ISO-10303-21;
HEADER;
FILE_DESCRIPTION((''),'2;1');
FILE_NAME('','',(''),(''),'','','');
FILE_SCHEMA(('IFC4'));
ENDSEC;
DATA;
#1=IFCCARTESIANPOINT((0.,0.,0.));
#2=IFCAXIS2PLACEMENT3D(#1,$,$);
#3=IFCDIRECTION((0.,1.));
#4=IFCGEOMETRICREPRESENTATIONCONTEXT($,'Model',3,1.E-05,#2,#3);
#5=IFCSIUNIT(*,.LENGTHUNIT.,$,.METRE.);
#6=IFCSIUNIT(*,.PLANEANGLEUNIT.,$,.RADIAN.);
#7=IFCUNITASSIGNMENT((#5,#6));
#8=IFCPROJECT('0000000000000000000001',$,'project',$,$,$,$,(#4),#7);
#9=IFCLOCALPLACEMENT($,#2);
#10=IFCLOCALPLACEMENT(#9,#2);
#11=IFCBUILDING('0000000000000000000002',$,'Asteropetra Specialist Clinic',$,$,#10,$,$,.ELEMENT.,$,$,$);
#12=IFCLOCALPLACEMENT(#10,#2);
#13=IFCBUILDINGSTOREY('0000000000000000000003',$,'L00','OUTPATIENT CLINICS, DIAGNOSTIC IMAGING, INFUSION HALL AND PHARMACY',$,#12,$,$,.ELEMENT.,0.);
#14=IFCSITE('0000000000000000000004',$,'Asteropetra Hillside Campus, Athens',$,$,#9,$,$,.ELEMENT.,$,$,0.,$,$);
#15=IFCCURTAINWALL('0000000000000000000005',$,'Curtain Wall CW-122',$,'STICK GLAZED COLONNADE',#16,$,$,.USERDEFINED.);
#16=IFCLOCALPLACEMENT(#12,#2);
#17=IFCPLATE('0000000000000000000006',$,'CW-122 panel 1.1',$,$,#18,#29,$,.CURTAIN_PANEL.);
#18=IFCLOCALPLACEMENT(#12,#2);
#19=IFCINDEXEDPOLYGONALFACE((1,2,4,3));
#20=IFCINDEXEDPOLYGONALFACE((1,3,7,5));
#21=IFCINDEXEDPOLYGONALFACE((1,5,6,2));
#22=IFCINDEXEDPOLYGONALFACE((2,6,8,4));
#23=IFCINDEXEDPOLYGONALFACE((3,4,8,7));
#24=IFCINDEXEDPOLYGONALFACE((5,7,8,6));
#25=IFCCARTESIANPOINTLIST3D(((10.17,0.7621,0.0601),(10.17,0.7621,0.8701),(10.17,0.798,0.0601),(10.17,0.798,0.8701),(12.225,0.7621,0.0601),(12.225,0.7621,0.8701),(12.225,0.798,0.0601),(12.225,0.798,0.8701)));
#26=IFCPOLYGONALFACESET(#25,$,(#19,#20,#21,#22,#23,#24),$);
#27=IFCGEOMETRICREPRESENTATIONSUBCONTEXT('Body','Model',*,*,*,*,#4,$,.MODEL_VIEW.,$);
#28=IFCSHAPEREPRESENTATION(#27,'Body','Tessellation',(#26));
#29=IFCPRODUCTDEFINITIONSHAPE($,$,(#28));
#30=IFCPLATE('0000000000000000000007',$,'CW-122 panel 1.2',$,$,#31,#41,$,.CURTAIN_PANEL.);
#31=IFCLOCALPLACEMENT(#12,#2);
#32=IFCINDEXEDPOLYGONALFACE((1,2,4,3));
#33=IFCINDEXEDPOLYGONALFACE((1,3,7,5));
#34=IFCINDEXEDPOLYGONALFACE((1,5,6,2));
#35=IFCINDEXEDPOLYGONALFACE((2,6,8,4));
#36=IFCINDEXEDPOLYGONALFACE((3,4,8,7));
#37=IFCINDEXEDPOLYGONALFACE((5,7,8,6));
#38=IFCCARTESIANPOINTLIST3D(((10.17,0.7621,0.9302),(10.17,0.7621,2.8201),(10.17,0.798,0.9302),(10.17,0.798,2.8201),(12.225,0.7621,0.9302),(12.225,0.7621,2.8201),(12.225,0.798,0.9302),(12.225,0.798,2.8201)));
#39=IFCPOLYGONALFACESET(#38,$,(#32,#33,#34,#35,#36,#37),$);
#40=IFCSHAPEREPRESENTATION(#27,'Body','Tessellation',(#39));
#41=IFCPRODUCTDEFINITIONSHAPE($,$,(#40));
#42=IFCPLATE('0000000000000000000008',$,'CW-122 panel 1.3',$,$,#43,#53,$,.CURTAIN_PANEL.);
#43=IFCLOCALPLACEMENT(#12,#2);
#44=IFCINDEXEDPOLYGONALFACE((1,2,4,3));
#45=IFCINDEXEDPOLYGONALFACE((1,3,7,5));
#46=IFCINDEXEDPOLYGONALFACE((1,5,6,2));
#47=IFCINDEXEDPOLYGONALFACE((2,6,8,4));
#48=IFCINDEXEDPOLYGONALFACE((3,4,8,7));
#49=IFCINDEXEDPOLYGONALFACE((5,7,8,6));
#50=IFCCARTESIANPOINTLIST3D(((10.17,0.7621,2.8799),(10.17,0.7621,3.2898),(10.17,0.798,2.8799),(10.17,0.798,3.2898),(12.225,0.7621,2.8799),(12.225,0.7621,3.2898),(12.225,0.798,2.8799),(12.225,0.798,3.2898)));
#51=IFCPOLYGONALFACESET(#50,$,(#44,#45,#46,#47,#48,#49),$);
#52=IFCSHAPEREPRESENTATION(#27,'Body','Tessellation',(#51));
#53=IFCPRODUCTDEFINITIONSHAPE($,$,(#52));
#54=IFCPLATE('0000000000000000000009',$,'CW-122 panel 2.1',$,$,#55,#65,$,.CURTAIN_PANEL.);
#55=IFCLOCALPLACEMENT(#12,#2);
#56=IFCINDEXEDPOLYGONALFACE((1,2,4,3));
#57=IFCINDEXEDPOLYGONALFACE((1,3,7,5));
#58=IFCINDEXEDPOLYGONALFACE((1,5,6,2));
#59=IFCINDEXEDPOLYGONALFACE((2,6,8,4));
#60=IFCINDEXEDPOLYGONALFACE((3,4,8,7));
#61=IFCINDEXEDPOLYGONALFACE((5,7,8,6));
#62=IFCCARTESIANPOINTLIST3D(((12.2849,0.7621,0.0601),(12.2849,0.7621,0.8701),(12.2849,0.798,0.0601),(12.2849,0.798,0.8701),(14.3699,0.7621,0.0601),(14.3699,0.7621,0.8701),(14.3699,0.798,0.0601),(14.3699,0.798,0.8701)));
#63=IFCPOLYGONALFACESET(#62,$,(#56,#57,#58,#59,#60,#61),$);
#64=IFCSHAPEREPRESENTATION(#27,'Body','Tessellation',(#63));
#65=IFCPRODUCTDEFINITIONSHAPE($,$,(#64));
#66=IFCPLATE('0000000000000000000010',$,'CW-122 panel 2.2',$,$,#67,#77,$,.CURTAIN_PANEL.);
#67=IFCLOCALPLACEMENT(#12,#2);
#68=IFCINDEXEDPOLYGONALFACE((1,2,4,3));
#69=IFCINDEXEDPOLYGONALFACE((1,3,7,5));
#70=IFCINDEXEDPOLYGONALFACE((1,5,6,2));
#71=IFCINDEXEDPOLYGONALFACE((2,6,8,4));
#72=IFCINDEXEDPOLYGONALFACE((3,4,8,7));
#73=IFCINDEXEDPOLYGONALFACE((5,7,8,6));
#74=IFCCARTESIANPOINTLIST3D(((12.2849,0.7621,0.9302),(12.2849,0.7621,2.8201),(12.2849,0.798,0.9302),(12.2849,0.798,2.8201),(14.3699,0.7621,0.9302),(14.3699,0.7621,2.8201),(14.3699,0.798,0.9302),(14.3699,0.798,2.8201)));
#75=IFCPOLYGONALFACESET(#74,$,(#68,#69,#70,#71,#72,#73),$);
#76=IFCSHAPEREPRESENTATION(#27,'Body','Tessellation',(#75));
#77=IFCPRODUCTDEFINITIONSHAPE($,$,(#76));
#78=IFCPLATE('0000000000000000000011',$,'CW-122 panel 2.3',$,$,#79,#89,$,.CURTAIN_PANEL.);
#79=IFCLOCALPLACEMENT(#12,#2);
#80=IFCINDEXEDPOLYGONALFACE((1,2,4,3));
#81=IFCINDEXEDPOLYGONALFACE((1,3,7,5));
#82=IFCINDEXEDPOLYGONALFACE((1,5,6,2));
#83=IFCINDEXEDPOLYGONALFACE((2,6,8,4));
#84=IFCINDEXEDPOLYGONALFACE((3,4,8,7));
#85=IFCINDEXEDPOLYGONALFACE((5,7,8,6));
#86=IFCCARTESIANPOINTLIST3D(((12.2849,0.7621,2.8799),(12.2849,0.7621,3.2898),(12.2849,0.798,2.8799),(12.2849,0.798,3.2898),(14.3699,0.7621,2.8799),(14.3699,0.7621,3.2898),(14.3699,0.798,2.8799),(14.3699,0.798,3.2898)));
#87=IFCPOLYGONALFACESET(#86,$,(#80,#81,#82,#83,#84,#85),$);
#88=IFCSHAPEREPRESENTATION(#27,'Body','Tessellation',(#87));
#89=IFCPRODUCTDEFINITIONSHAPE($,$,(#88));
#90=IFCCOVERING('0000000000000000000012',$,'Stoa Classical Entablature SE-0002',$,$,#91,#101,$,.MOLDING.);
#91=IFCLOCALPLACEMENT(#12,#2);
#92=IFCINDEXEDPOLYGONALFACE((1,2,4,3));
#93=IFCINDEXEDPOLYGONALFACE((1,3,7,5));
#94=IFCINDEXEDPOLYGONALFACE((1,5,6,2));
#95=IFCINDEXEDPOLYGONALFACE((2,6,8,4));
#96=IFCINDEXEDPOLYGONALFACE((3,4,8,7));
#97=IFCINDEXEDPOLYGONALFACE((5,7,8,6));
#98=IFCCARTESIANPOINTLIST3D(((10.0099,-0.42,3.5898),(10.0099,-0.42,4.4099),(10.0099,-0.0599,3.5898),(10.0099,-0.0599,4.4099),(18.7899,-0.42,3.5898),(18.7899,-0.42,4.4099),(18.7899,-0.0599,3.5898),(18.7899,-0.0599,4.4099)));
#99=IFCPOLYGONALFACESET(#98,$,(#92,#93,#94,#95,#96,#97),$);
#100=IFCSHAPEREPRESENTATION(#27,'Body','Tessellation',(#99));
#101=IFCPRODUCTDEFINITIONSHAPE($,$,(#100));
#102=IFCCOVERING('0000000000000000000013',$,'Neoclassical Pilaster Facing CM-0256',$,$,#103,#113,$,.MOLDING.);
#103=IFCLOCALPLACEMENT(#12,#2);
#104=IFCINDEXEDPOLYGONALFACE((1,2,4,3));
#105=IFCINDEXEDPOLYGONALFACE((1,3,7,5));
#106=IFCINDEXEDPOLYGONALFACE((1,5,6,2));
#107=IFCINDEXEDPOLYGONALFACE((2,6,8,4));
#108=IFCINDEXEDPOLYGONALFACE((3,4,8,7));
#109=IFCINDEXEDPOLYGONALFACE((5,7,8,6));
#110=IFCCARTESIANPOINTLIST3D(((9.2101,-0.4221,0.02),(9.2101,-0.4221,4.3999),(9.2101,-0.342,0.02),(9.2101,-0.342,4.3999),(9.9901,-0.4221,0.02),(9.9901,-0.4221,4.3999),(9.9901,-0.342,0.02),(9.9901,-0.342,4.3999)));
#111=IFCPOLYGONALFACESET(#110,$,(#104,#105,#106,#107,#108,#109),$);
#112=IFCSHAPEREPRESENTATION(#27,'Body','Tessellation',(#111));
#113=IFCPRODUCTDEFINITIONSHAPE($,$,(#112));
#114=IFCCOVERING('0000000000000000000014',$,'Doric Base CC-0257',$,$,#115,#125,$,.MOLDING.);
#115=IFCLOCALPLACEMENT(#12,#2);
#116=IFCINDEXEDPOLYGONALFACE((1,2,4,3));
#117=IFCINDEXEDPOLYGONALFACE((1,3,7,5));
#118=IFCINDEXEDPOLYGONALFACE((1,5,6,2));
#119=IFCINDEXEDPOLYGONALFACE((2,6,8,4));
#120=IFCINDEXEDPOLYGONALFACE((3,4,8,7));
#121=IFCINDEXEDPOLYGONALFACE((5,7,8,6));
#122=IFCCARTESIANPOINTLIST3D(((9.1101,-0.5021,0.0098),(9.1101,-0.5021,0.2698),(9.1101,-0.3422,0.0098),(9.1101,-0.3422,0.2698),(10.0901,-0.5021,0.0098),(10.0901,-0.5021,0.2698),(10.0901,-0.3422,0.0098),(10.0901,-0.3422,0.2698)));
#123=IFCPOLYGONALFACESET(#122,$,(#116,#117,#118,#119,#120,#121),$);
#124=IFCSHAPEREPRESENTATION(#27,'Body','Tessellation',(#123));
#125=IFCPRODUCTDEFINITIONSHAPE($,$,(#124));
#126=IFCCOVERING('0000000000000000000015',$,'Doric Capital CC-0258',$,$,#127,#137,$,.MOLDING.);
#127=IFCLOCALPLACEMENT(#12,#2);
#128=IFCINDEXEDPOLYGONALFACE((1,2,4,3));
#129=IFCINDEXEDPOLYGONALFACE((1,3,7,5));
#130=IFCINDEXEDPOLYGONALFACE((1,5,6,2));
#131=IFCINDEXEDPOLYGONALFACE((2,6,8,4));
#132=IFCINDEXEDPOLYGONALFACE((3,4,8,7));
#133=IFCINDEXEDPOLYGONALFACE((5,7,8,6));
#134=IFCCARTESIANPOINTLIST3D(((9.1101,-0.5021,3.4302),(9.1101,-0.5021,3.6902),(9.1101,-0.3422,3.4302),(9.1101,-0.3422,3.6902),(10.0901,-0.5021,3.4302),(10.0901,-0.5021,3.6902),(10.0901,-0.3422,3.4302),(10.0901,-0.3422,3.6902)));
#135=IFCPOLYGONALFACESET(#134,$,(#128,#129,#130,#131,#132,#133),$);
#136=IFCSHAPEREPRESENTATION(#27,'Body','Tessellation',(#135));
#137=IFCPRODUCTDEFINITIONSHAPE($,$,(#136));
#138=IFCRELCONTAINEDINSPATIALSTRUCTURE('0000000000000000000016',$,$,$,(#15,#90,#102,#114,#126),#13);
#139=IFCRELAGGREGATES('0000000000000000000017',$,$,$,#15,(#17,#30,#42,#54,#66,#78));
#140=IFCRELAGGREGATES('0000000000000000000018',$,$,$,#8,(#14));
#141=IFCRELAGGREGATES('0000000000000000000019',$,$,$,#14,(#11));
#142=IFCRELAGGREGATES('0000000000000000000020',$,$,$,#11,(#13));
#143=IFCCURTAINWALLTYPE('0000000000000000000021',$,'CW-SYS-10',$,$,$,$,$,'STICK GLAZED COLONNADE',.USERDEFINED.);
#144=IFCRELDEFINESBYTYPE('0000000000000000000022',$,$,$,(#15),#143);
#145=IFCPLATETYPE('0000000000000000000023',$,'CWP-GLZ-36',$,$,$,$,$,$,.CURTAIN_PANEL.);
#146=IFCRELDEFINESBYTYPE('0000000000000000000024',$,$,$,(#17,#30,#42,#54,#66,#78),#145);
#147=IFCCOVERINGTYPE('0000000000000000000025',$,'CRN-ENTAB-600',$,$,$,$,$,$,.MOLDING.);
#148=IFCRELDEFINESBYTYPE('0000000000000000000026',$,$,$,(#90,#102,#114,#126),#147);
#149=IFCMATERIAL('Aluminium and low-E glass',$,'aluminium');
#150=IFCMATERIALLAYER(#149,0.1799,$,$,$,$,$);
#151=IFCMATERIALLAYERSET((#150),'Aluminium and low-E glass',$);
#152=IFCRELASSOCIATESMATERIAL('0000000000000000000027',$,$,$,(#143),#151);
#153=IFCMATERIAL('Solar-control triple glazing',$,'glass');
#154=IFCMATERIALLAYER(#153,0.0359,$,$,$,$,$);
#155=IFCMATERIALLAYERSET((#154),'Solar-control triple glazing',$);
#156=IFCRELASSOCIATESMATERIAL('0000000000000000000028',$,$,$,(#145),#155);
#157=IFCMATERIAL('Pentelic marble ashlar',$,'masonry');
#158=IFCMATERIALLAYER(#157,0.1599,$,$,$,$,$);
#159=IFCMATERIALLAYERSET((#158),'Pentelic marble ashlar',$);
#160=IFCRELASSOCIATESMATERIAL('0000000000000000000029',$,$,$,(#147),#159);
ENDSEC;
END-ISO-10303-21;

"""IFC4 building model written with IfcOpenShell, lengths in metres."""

from ifc_helpers import new_model, si_unit, direction, frame, origin, origin_2d, place, context, subcontext, project, spatial, rectangle, extrude, material, layer, layer_set, type_object, element, aggregate, save


model = new_model("IFC4")

# Units and contexts
model_context = context("Model", 3, precision=1e-05, world=origin(), true_north=direction((0.0, 1.0)))
body_context = subcontext(model_context, "Body", "Model", "MODEL_VIEW")
ifc_project = project(units=[si_unit("LENGTHUNIT", "METRE"), si_unit("PLANEANGLEUNIT", "RADIAN")], contexts=[model_context])

# Site, building, storey
site_placement = place(None, origin())
site = spatial("IfcSite", under=ifc_project, at=site_placement, Name="Asteropetra Hillside Campus, Athens", CompositionType="ELEMENT", RefElevation=0.0)
building_placement = place(site_placement, origin())
building = spatial("IfcBuilding", under=site, at=building_placement, Name="Asteropetra Specialist Clinic", CompositionType="ELEMENT")
storey_placement = place(building_placement, origin())
storey = spatial("IfcBuildingStorey", under=building, at=storey_placement, Name="L00", Description="OUTPATIENT CLINICS, DIAGNOSTIC IMAGING, INFUSION HALL AND PHARMACY", CompositionType="ELEMENT", Elevation=0.0)

# Curtain wall
ifc_material_1 = material(Name="Aluminium and low-E glass", Category="aluminium")
ifc_layer_1 = layer(ifc_material_1, 0.1799)
ifc_layer_set_1 = layer_set([ifc_layer_1], Name="Aluminium and low-E glass")
curtain_wall_type_1 = type_object("IfcCurtainWallType", Name="CW-SYS-10", ElementType="STICK GLAZED COLONNADE", PredefinedType="USERDEFINED", material=ifc_layer_set_1)
curtain_wall_1_placement = place(storey_placement, origin())
curtain_wall_1 = element("IfcCurtainWall", 1, at=curtain_wall_1_placement, inside=storey, type_object=curtain_wall_type_1, Name="Curtain Wall CW-122", ObjectType="STICK GLAZED COLONNADE", PredefinedType="USERDEFINED")

# Plates
ifc_material_2 = material(Name="Solar-control triple glazing", Category="glass")
ifc_layer_2 = layer(ifc_material_2, 0.0359)
ifc_layer_set_2 = layer_set([ifc_layer_2], Name="Solar-control triple glazing")
plate_type_1 = type_object("IfcPlateType", Name="CWP-GLZ-36", PredefinedType="CURTAIN_PANEL", material=ifc_layer_set_2)
plate_1_placement = place(storey_placement, frame((11.1975, 0.78, 0.0601), z_axis=(0.0, 0.0, 1.0), x_axis=(1.0, 0.0, 0.0)))
plate_1 = element("IfcPlate", 2, at=plate_1_placement, type_object=plate_type_1, Name="CW-122 panel 1.1", PredefinedType="CURTAIN_PANEL", context=body_context, shape_type="SweptSolid", body=[
    extrude(rectangle(XDim=2.0549, YDim=0.0359, at=origin_2d()), origin(), (0.0, 0.0, 1.0), 0.8101),
])
plate_2_placement = place(storey_placement, frame((11.1975, 0.78, 0.9302), z_axis=(0.0, 0.0, 1.0), x_axis=(1.0, 0.0, 0.0)))
plate_2 = element("IfcPlate", 3, at=plate_2_placement, type_object=plate_type_1, Name="CW-122 panel 1.2", PredefinedType="CURTAIN_PANEL", context=body_context, shape_type="SweptSolid", body=[
    extrude(rectangle(XDim=2.0549, YDim=0.0359, at=origin_2d()), origin(), (0.0, 0.0, 1.0), 1.8899),
])
plate_3_placement = place(storey_placement, frame((11.1975, 0.78, 2.8799), z_axis=(0.0, 0.0, 1.0), x_axis=(1.0, 0.0, 0.0)))
plate_3 = element("IfcPlate", 4, at=plate_3_placement, type_object=plate_type_1, Name="CW-122 panel 1.3", PredefinedType="CURTAIN_PANEL", context=body_context, shape_type="SweptSolid", body=[
    extrude(rectangle(XDim=2.0549, YDim=0.0359, at=origin_2d()), origin(), (0.0, 0.0, 1.0), 0.4099),
])
plate_4_placement = place(storey_placement, frame((13.3274, 0.78, 0.0601), z_axis=(0.0, 0.0, 1.0), x_axis=(1.0, 0.0, 0.0)))
plate_4 = element("IfcPlate", 5, at=plate_4_placement, type_object=plate_type_1, Name="CW-122 panel 2.1", PredefinedType="CURTAIN_PANEL", context=body_context, shape_type="SweptSolid", body=[
    extrude(rectangle(XDim=2.085, YDim=0.0359, at=origin_2d()), origin(), (0.0, 0.0, 1.0), 0.8101),
])
plate_5_placement = place(storey_placement, frame((13.3274, 0.78, 0.9302), z_axis=(0.0, 0.0, 1.0), x_axis=(1.0, 0.0, 0.0)))
plate_5 = element("IfcPlate", 6, at=plate_5_placement, type_object=plate_type_1, Name="CW-122 panel 2.2", PredefinedType="CURTAIN_PANEL", context=body_context, shape_type="SweptSolid", body=[
    extrude(rectangle(XDim=2.085, YDim=0.0359, at=origin_2d()), origin(), (0.0, 0.0, 1.0), 1.8899),
])
plate_6_placement = place(storey_placement, frame((13.3274, 0.78, 2.8799), z_axis=(0.0, 0.0, 1.0), x_axis=(1.0, 0.0, 0.0)))
plate_6 = element("IfcPlate", 7, at=plate_6_placement, type_object=plate_type_1, Name="CW-122 panel 2.3", PredefinedType="CURTAIN_PANEL", context=body_context, shape_type="SweptSolid", body=[
    extrude(rectangle(XDim=2.085, YDim=0.0359, at=origin_2d()), origin(), (0.0, 0.0, 1.0), 0.4099),
])
aggregate(curtain_wall_1, [plate_1, plate_2, plate_3, plate_4, plate_5, plate_6])

# Coverings
ifc_material_3 = material(Name="Pentelic marble ashlar", Category="masonry")
ifc_layer_3 = layer(ifc_material_3, 0.1599)
ifc_layer_set_3 = layer_set([ifc_layer_3], Name="Pentelic marble ashlar")
covering_type = type_object("IfcCoveringType", Name="CRN-ENTAB-600", PredefinedType="MOLDING", material=ifc_layer_set_3)
covering_1_placement = place(storey_placement, frame((14.3999, -0.24, 3.5898), z_axis=(0.0, 0.0, 1.0), x_axis=(1.0, 0.0, 0.0)))
element("IfcCovering", 8, at=covering_1_placement, inside=storey, type_object=covering_type, Name="Stoa Classical Entablature SE-0002", PredefinedType="MOLDING", context=body_context, shape_type="SweptSolid", body=[
    extrude(rectangle(XDim=8.78, YDim=0.3601, at=origin_2d()), origin(), (0.0, 0.0, 1.0), 0.8201),
])
covering_2_placement = place(storey_placement, frame((9.6001, -0.3821, 0.02), z_axis=(0.0, 0.0, 1.0), x_axis=(1.0, 0.0, 0.0)))
element("IfcCovering", 9, at=covering_2_placement, inside=storey, type_object=covering_type, Name="Neoclassical Pilaster Facing CM-0256", PredefinedType="MOLDING", context=body_context, shape_type="SweptSolid", body=[
    extrude(rectangle(XDim=0.78, YDim=0.0801, at=origin_2d()), origin(), (0.0, 0.0, 1.0), 4.3799),
])
for number, where, z_axis, x_axis, name in (
    (10, (9.6001, -0.4221, 0.0098), (0.0, 0.0, 1.0), (1.0, 0.0, 0.0), "Doric Base CC-0257"),
    (11, (9.6001, -0.4221, 3.4302), (0.0, 0.0, 1.0), (1.0, 0.0, 0.0), "Doric Capital CC-0258"),
):
    element("IfcCovering", number, at=place(storey_placement, frame(where, z_axis=z_axis, x_axis=x_axis)), inside=storey, type_object=covering_type, Name=name, PredefinedType="MOLDING", context=body_context, shape_type="SweptSolid", body=[
        extrude(rectangle(XDim=0.98, YDim=0.1599, at=origin_2d()), origin(), (0.0, 0.0, 1.0), 0.26),
    ])

save(model, "model.ifc")
